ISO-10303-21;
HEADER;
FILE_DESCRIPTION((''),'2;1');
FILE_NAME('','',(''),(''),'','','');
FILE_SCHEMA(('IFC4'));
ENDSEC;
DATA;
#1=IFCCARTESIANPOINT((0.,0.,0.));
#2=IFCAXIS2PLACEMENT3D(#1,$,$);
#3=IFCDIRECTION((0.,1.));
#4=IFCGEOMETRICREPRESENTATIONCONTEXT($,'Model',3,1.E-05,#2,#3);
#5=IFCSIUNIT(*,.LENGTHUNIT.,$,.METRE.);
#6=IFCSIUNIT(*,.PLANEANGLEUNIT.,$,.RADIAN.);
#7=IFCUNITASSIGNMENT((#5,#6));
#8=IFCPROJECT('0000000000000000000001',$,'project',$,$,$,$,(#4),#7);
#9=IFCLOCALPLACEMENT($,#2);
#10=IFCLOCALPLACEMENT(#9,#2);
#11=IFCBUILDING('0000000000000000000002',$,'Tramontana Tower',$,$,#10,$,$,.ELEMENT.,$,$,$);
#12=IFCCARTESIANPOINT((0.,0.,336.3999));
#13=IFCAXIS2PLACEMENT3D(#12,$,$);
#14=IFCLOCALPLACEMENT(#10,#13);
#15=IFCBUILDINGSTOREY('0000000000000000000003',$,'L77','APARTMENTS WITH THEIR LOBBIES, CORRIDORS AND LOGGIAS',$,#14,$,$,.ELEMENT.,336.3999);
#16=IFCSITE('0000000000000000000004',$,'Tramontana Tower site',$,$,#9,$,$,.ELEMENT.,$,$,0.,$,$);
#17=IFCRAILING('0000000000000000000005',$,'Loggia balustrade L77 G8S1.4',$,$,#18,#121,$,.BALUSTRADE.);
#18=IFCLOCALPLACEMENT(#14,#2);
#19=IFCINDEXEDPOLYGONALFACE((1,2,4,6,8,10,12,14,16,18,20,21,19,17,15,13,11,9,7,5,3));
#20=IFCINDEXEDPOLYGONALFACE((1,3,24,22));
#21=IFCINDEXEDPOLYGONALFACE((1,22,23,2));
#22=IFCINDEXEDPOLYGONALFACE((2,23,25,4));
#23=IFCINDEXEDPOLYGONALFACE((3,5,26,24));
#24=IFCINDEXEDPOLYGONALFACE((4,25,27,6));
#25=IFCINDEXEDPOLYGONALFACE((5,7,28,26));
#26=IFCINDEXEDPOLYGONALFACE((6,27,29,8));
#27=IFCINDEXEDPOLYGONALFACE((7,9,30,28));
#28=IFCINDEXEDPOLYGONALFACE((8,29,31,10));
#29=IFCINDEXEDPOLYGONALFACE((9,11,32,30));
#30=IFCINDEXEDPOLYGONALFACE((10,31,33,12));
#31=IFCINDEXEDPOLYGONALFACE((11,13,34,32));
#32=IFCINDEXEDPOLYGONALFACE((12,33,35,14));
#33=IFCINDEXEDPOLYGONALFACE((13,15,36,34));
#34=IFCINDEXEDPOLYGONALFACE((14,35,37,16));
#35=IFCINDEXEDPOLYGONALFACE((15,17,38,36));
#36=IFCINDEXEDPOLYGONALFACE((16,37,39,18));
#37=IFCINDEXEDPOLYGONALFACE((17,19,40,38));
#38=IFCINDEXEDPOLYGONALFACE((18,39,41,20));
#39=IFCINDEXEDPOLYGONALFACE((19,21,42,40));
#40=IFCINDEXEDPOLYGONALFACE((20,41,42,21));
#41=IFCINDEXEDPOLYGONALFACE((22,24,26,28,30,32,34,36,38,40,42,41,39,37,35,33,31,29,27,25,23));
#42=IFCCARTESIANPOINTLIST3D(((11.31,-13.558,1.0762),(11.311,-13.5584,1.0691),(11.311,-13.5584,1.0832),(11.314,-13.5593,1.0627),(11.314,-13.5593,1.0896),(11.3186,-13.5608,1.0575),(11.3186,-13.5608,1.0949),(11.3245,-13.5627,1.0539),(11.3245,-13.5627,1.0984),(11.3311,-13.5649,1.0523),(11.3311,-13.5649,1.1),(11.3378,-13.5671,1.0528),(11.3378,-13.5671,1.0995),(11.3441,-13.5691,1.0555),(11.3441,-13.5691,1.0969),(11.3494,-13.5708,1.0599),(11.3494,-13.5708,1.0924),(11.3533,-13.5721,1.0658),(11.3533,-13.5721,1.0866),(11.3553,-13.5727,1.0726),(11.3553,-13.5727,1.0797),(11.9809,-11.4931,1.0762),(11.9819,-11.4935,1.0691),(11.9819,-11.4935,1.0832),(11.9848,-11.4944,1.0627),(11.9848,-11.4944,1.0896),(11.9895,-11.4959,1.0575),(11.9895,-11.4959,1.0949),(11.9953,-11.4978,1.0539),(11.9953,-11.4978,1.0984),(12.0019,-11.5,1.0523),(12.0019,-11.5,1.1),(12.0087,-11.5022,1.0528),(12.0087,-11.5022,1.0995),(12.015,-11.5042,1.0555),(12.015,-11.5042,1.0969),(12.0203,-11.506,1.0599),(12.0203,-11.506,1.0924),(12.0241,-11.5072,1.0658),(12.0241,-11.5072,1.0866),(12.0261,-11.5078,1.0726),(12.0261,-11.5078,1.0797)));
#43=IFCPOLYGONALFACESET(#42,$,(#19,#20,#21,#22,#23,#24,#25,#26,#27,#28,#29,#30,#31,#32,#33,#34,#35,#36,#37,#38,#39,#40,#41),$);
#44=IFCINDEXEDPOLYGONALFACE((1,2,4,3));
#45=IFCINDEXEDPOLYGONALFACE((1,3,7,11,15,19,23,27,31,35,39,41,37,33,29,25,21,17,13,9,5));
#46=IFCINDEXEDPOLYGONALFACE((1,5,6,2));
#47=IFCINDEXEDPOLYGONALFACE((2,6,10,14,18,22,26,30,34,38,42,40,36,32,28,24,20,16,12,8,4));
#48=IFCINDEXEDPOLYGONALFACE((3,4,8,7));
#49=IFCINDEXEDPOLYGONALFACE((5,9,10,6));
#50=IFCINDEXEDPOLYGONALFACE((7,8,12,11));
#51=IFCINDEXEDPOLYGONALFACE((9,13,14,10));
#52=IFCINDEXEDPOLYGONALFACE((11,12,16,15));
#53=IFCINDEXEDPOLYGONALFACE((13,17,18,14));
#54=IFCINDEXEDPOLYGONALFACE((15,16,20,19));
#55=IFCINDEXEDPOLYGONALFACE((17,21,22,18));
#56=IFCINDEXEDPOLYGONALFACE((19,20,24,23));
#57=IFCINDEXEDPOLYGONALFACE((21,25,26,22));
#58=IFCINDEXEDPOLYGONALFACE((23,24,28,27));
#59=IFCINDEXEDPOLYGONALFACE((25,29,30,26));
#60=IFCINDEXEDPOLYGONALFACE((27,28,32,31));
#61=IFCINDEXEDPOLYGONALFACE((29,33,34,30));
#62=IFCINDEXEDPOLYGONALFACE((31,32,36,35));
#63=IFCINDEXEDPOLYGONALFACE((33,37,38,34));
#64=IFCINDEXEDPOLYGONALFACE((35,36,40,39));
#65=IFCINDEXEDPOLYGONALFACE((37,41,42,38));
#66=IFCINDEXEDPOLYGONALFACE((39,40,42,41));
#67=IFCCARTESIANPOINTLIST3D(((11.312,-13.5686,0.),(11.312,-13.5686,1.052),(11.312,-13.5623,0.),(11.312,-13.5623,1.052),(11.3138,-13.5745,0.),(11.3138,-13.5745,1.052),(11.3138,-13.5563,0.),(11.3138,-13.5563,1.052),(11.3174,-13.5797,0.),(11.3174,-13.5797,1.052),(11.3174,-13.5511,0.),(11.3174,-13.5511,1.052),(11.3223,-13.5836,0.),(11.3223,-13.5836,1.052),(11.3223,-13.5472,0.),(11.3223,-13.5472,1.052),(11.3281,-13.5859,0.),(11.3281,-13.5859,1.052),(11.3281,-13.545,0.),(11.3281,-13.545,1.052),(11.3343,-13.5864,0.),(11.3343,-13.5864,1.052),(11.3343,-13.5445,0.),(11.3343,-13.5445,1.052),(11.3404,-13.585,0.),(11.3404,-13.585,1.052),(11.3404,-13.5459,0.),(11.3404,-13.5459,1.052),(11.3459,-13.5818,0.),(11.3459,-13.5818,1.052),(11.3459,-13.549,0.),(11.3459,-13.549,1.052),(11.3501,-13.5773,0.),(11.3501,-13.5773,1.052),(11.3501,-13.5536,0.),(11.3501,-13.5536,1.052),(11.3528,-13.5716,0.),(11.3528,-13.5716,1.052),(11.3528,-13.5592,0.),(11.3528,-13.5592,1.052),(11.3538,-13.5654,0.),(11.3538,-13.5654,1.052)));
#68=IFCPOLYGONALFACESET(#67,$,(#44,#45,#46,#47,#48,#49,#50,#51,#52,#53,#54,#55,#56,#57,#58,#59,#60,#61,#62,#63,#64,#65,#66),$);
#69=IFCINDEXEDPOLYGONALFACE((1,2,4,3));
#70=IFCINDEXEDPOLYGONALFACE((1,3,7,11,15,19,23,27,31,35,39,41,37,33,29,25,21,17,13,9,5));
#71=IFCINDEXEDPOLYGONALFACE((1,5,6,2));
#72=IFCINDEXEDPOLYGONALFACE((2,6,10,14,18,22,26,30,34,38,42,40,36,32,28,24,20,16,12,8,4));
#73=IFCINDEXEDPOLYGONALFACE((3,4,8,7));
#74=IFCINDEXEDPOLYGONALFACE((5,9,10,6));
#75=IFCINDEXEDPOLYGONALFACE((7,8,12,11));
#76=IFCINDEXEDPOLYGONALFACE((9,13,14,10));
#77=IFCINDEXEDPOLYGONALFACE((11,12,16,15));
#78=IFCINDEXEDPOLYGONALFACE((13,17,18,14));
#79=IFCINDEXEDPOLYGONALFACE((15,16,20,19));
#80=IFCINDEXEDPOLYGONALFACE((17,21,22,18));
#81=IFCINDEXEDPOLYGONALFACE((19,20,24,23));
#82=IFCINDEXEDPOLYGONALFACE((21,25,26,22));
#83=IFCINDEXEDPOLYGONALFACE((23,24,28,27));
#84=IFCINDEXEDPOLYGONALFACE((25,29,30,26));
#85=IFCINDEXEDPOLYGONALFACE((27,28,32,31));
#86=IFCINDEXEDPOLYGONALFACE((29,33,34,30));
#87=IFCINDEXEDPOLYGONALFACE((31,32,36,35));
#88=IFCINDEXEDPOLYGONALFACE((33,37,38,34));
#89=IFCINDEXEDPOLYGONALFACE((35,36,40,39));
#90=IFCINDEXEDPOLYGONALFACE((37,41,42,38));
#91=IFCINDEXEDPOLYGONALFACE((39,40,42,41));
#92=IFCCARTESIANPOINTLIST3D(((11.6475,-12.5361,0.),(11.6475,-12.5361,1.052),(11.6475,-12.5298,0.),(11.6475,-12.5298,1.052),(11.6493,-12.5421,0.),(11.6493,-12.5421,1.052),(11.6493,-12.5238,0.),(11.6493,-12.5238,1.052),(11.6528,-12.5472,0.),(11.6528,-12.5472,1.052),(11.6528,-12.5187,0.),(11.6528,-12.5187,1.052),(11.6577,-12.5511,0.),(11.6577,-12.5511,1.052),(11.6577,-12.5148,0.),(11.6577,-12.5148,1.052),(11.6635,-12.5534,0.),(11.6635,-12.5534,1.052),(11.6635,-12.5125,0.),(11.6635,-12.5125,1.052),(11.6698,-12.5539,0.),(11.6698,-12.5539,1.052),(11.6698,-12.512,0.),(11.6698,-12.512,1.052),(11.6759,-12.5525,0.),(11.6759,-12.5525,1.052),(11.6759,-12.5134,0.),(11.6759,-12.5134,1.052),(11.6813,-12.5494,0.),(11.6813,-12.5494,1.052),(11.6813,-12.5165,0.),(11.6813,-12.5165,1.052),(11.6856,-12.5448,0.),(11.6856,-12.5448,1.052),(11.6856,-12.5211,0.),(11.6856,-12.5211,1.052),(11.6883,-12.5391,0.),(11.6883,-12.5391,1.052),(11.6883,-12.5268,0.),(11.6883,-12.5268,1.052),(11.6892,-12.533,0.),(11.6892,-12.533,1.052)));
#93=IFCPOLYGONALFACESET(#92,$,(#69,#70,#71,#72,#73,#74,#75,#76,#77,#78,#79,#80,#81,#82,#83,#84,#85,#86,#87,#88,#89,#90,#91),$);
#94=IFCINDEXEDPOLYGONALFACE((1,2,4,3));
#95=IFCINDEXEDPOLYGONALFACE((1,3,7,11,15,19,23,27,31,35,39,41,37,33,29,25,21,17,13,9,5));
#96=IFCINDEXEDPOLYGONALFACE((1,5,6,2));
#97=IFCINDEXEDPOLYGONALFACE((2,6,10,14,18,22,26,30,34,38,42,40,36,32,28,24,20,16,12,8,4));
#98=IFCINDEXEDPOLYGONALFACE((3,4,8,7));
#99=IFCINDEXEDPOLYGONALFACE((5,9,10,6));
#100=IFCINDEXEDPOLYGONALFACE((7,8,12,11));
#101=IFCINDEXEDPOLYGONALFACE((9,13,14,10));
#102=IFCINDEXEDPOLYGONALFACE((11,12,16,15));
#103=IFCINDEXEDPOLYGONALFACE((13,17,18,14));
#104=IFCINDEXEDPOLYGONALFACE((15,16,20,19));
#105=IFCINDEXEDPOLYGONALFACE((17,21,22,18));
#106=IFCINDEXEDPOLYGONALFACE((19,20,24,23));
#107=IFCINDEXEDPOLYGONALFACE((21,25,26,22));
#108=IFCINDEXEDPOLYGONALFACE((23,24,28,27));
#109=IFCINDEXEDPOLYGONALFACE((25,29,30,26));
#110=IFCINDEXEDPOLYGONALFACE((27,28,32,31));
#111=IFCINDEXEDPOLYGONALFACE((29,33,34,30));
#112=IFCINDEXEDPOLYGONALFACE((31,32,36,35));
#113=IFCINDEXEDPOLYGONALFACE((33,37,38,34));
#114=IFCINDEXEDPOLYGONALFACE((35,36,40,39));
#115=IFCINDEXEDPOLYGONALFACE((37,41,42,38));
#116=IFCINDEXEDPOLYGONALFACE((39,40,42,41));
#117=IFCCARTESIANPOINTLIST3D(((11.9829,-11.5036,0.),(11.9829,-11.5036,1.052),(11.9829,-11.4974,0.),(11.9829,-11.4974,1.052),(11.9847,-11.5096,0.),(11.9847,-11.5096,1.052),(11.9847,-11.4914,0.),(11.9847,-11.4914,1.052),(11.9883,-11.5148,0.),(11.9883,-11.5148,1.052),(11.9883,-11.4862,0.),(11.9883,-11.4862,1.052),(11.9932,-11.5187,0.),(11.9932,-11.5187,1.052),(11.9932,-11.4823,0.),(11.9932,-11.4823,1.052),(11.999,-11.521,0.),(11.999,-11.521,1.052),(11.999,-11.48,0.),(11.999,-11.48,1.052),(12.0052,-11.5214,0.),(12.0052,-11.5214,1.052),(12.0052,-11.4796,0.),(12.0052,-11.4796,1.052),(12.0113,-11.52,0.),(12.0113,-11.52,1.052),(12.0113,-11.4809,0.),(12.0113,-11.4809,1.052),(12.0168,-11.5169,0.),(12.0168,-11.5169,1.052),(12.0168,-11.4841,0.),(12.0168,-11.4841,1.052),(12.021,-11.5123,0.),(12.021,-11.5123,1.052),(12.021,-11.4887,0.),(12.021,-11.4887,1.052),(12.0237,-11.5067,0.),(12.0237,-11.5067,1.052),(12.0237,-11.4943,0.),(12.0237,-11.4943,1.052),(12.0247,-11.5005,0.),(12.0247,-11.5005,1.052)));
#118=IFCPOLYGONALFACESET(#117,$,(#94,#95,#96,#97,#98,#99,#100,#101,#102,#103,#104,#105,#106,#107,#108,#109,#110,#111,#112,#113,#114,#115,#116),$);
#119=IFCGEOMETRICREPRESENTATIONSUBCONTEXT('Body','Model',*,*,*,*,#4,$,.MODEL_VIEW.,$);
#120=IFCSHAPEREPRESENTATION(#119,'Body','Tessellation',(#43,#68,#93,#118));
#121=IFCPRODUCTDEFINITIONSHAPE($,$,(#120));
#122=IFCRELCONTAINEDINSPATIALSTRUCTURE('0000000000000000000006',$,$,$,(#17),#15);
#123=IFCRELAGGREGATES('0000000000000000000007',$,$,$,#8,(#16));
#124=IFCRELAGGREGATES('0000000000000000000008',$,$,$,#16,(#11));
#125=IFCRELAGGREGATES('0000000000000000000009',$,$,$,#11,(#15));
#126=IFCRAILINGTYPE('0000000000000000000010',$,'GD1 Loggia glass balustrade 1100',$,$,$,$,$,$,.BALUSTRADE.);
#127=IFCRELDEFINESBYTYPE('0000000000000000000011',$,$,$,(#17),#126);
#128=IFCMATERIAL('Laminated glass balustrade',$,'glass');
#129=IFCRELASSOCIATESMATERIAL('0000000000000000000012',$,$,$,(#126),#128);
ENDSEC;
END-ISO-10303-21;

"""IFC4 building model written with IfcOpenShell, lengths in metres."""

from ifc_helpers import new_model, si_unit, direction, frame, origin, origin_2d, place, context, subcontext, project, spatial, circle, extrude, material, type_object, element, save


model = new_model("IFC4")

# Units and contexts
model_context = context("Model", 3, precision=1e-05, world=origin(), true_north=direction((0.0, 1.0)))
body_context = subcontext(model_context, "Body", "Model", "MODEL_VIEW")
ifc_project = project(units=[si_unit("LENGTHUNIT", "METRE"), si_unit("PLANEANGLEUNIT", "RADIAN")], contexts=[model_context])

# Site, building, storey
site_placement = place(None, origin())
site = spatial("IfcSite", under=ifc_project, at=site_placement, Name="Tramontana Tower site", CompositionType="ELEMENT", RefElevation=0.0)
building_placement = place(site_placement, origin())
building = spatial("IfcBuilding", under=site, at=building_placement, Name="Tramontana Tower", CompositionType="ELEMENT")
storey_placement = place(building_placement, frame((0.0, 0.0, 336.3999)))
storey = spatial("IfcBuildingStorey", under=building, at=storey_placement, Name="L77", Description="APARTMENTS WITH THEIR LOBBIES, CORRIDORS AND LOGGIAS", CompositionType="ELEMENT", Elevation=336.3999)

# Railing
ifc_material_1 = material(Name="Laminated glass balustrade", Category="glass")
railing_type = type_object("IfcRailingType", Name="GD1 Loggia glass balustrade 1100", PredefinedType="BALUSTRADE", material=ifc_material_1)
railing_placement = place(storey_placement, frame((11.3328, -13.5654, 0.0)))
element("IfcRailing", 1, at=railing_placement, inside=storey, type_object=railing_type, Name="Loggia balustrade L77 G8S1.4", PredefinedType="BALUSTRADE", context=body_context, shape_type="SweptSolid", body=[
    extrude(circle(Radius=0.0239, at=origin_2d()), frame((0.0, 0.0, 1.0762), z_axis=(0.309, 0.951062, 0.0), x_axis=(-0.951062, 0.309, 0.0)), (0.0, 0.0, 1.0), 2.1711),
    extrude(circle(Radius=0.021, at=origin_2d()), origin(), (0.0, 0.0, 1.0), 1.052),
    extrude(circle(Radius=0.021, at=origin_2d()), frame((0.3354, 1.0325, 0.0)), (0.0, 0.0, 1.0), 1.052),
    extrude(circle(Radius=0.021, at=origin_2d()), frame((0.6709, 2.0649, 0.0)), (0.0, 0.0, 1.0), 1.052),
])

save(model, "model.ifc")
